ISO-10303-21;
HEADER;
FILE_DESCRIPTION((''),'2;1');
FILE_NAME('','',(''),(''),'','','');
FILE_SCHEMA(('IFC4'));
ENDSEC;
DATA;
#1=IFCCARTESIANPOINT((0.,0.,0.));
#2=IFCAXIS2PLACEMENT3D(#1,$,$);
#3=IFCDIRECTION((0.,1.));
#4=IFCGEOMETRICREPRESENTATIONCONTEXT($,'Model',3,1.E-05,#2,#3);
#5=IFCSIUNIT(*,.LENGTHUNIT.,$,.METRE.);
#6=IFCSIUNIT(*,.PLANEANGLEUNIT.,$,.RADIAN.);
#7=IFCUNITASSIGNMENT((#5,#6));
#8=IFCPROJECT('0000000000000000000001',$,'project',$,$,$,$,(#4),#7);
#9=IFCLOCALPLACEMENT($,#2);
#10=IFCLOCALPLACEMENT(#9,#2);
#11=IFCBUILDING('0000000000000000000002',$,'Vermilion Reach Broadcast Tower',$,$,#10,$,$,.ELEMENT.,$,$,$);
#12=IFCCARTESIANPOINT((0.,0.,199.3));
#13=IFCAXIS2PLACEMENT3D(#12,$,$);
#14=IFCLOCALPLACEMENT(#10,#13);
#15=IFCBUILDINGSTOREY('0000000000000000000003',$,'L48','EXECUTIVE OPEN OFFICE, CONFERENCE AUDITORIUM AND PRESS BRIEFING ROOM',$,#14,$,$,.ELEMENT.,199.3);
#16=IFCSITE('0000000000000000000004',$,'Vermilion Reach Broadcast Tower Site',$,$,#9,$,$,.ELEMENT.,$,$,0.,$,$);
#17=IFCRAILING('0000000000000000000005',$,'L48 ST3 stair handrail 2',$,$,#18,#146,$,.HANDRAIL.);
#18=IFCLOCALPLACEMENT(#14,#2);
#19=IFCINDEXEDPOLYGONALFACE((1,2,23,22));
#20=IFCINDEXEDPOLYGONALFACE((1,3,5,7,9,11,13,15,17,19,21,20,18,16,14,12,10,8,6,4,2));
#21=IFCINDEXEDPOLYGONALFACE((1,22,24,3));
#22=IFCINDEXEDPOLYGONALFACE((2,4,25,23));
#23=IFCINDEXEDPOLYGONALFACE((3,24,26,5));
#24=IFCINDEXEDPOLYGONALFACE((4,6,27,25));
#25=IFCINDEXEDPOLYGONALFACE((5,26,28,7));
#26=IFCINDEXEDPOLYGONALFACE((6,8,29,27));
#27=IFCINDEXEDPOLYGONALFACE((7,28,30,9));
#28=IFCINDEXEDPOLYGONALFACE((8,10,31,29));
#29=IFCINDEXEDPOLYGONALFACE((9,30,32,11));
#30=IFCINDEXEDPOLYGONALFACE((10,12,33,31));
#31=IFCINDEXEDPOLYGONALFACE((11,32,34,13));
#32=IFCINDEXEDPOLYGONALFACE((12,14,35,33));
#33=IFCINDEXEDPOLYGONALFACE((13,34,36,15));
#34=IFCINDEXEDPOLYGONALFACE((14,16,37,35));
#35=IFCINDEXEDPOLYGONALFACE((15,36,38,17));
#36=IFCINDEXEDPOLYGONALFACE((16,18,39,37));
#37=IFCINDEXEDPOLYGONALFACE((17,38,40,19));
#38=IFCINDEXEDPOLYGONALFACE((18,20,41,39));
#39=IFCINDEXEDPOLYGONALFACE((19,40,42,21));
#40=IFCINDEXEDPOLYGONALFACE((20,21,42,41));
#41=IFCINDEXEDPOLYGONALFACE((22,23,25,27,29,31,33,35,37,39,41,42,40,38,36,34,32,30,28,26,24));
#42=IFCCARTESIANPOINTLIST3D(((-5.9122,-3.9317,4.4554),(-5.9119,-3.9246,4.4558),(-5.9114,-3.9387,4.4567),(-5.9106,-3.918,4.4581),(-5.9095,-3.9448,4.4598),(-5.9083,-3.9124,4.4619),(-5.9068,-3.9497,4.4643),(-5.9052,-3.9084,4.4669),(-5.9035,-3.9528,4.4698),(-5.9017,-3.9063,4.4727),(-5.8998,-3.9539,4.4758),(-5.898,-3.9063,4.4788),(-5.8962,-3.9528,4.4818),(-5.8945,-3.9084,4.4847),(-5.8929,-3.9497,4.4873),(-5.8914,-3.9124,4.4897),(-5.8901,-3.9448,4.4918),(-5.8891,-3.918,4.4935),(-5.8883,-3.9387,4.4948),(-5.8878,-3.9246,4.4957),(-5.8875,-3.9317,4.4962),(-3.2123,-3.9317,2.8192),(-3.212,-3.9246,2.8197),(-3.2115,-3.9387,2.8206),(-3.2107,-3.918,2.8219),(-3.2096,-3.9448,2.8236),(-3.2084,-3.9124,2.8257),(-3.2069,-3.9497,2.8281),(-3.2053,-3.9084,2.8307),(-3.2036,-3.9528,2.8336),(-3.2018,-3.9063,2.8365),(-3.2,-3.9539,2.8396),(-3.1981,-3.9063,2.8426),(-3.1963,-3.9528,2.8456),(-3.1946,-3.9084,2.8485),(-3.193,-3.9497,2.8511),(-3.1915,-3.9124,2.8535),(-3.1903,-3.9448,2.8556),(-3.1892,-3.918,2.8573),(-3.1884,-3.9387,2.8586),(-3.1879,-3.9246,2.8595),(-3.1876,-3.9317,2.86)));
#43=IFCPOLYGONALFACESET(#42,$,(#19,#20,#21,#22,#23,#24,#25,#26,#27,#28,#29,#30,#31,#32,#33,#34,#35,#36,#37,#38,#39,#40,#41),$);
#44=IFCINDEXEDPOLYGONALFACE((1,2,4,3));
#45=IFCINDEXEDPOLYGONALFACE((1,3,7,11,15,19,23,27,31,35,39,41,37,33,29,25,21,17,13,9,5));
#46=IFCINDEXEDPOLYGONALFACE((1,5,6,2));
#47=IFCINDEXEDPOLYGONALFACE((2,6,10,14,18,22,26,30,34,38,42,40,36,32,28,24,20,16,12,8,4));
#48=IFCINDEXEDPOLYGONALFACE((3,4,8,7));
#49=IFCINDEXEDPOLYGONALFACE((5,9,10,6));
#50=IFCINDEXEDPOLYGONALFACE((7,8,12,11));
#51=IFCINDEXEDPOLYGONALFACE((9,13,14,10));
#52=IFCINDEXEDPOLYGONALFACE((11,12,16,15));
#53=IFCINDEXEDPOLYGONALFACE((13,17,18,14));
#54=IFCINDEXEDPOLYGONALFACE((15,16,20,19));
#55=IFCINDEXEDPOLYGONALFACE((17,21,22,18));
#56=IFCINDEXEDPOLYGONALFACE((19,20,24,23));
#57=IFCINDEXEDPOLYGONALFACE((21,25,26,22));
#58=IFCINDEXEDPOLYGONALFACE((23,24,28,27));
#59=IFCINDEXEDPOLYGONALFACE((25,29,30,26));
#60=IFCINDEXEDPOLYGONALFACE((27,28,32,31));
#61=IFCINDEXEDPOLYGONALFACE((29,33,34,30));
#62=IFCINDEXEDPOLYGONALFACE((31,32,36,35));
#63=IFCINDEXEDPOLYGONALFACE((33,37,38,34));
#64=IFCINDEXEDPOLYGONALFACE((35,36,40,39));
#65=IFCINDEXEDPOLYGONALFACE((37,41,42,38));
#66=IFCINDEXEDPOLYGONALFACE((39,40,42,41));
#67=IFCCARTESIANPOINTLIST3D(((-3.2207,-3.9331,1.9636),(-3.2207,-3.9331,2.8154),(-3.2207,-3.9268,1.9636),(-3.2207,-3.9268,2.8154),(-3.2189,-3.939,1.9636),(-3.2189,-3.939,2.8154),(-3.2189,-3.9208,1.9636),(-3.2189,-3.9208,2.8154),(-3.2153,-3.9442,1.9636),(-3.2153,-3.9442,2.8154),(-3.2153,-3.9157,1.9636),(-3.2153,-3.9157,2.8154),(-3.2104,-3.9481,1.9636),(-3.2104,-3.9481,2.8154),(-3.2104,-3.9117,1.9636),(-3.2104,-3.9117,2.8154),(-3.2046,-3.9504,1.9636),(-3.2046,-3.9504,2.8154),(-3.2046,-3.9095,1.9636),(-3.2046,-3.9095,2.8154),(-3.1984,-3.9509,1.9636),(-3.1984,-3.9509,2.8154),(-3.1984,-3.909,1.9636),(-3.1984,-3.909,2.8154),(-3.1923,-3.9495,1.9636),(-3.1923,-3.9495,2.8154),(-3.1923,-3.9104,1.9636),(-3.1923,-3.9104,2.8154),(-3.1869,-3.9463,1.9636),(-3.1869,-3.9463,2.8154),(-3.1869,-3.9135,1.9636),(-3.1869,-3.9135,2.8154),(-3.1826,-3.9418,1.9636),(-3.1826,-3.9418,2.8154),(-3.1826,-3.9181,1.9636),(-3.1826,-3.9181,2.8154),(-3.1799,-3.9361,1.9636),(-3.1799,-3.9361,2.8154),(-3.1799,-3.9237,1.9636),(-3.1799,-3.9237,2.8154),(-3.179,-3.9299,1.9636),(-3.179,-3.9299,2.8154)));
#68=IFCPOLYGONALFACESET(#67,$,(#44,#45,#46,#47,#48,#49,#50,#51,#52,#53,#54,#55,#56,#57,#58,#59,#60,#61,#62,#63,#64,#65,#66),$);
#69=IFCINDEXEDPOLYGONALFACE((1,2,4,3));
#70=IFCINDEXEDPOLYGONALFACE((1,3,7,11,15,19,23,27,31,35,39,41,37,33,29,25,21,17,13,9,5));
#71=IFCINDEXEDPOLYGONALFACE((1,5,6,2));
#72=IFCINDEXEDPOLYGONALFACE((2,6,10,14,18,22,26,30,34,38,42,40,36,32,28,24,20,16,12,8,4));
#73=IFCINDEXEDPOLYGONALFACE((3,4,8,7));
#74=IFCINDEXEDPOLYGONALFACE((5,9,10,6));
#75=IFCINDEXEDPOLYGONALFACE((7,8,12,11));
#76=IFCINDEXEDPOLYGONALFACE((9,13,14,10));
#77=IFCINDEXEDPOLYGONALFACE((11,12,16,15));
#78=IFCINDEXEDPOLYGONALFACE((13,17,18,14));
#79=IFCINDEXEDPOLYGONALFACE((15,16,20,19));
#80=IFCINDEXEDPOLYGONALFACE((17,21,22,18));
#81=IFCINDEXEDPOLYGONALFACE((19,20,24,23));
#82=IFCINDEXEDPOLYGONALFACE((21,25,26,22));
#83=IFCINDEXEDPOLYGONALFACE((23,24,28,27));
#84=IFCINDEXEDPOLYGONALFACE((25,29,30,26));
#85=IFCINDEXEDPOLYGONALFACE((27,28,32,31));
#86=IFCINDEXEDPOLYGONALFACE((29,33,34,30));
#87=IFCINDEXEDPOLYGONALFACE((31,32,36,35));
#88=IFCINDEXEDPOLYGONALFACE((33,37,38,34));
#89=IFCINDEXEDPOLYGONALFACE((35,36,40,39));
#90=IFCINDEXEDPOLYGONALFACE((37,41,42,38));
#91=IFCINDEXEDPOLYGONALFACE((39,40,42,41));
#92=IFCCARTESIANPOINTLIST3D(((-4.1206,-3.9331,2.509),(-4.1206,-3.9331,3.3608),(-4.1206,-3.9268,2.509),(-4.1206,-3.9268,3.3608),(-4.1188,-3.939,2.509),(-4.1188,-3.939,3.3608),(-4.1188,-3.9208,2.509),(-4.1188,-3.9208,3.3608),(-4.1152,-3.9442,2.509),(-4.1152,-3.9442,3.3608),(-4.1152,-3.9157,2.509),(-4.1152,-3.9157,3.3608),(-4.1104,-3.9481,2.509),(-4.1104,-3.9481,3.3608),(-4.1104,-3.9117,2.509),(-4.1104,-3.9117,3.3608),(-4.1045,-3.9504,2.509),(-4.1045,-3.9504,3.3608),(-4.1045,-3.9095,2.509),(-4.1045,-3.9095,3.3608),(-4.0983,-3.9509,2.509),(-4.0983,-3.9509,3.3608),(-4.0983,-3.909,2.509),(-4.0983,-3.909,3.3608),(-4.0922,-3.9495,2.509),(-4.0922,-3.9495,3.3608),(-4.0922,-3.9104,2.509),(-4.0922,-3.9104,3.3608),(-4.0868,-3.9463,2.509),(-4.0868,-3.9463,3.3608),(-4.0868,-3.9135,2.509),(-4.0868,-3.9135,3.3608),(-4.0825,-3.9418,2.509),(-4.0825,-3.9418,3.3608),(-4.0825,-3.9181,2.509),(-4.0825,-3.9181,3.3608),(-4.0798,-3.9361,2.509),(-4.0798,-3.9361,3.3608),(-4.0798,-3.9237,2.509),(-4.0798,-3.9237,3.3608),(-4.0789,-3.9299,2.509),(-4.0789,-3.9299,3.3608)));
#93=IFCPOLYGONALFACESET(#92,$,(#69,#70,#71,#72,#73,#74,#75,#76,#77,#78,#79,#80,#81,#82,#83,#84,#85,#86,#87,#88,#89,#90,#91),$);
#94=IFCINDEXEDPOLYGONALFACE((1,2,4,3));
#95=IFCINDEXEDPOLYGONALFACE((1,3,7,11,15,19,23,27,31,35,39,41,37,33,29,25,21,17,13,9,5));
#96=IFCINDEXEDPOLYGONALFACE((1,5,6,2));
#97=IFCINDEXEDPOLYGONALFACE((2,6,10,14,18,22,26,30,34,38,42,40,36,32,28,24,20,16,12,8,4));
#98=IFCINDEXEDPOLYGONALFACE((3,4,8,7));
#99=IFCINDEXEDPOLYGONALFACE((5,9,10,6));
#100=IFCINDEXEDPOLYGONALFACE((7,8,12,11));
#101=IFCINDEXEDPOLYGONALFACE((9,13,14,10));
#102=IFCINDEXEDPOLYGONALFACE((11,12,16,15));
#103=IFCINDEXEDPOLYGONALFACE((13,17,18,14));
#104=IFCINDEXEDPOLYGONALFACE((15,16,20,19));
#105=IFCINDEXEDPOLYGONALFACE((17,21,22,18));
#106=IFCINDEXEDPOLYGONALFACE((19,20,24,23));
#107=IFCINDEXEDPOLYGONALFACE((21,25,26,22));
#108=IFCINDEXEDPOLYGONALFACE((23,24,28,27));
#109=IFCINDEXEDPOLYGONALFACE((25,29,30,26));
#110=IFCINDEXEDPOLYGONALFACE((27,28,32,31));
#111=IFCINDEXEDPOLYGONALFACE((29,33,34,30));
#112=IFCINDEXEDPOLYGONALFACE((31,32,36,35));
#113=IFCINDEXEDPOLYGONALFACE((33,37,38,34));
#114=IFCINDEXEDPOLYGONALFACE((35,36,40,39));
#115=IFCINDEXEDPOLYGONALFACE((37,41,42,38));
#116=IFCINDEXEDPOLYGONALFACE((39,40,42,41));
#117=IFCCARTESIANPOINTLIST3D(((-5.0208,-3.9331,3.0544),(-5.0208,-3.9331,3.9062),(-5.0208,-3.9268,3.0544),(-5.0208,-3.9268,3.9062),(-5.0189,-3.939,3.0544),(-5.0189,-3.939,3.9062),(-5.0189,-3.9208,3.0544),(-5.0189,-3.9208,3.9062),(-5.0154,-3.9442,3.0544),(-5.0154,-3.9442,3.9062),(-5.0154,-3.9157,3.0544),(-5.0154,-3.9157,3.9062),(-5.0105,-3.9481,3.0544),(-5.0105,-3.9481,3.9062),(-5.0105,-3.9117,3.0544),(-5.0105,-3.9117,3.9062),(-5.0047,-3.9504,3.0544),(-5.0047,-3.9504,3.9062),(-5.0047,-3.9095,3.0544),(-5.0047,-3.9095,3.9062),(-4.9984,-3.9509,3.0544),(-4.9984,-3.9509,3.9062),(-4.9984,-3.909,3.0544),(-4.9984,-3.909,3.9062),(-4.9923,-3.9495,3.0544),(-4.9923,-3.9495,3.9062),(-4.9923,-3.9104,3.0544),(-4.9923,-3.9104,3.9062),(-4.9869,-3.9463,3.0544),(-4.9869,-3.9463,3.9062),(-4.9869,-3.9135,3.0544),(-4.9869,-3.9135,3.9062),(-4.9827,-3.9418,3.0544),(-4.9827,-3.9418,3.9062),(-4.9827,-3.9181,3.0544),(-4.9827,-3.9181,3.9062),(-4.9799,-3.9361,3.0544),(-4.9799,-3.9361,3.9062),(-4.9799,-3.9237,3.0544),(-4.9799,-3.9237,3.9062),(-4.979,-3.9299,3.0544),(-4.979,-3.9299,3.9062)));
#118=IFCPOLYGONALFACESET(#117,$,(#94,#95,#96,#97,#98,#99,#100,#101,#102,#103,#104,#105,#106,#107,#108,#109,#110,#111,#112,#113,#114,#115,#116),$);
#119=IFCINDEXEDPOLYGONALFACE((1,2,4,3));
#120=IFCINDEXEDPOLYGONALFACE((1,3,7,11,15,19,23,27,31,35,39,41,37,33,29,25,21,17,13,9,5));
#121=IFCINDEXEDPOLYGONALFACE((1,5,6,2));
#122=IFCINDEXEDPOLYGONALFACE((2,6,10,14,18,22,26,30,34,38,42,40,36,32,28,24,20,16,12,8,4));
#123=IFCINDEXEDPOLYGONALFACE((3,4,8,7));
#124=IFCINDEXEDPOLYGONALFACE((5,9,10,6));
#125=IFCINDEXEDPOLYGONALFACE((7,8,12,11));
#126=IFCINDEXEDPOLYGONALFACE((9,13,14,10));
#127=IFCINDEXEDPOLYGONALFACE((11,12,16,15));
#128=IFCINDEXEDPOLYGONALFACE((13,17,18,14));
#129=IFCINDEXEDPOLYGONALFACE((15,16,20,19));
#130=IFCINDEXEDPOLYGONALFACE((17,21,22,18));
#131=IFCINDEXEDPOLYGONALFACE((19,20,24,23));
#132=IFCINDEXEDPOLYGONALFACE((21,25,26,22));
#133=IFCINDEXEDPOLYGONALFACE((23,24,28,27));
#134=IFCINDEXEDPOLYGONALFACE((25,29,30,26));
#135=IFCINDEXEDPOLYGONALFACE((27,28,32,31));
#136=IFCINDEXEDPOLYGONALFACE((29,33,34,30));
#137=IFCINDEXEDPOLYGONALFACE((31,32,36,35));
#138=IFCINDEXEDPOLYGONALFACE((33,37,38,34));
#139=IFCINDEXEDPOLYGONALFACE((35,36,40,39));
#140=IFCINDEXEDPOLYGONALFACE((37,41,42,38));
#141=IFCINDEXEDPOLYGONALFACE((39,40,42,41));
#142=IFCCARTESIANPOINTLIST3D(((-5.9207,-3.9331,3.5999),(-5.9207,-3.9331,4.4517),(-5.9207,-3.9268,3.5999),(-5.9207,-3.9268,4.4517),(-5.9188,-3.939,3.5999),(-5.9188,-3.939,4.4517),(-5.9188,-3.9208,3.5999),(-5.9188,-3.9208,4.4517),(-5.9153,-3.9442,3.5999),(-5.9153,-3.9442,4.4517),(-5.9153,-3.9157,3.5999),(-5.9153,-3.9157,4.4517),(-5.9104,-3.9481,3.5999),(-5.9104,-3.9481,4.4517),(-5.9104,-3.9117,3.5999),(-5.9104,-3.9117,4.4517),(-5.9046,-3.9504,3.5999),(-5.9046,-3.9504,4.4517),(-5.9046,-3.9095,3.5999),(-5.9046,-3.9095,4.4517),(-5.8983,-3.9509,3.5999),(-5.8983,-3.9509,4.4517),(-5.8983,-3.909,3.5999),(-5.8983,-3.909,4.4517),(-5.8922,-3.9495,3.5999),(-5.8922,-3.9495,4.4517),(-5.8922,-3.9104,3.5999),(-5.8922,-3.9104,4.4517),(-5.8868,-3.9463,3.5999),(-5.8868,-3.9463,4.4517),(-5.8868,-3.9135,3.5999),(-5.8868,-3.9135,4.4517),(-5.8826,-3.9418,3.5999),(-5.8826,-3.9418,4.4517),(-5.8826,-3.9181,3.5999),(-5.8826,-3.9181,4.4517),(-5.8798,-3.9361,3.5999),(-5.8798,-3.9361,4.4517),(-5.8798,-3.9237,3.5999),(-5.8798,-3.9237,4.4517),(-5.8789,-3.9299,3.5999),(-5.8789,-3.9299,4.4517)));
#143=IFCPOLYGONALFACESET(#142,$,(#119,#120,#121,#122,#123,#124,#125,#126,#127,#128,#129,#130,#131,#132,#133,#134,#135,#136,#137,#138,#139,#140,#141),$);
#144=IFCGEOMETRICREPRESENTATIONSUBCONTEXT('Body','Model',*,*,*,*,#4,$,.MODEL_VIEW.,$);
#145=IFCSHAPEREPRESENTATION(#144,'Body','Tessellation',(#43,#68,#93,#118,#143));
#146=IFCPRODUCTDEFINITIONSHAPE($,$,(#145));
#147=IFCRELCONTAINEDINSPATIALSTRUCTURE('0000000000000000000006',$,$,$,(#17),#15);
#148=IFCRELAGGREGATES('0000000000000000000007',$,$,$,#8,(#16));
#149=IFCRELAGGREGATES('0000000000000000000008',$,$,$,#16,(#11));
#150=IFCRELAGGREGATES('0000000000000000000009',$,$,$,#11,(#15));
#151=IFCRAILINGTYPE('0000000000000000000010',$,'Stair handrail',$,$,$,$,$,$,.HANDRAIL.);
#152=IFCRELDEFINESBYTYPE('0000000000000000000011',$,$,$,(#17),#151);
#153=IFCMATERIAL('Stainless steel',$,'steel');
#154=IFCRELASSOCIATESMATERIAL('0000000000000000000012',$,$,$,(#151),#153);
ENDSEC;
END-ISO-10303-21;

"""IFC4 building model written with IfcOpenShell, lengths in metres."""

from ifc_helpers import new_model, si_unit, direction, frame, origin, origin_2d, place, context, subcontext, project, spatial, circle, extrude, material, type_object, element, save


model = new_model("IFC4")

# Units and contexts
model_context = context("Model", 3, precision=1e-05, world=origin(), true_north=direction((0.0, 1.0)))
body_context = subcontext(model_context, "Body", "Model", "MODEL_VIEW")
ifc_project = project(units=[si_unit("LENGTHUNIT", "METRE"), si_unit("PLANEANGLEUNIT", "RADIAN")], contexts=[model_context])

# Site, building, storey
site_placement = place(None, origin())
site = spatial("IfcSite", under=ifc_project, at=site_placement, Name="Vermilion Reach Broadcast Tower Site", CompositionType="ELEMENT", RefElevation=0.0)
building_placement = place(site_placement, origin())
building = spatial("IfcBuilding", under=site, at=building_placement, Name="Vermilion Reach Broadcast Tower", CompositionType="ELEMENT")
storey_placement = place(building_placement, frame((0.0, 0.0, 199.3)))
storey = spatial("IfcBuildingStorey", under=building, at=storey_placement, Name="L48", Description="EXECUTIVE OPEN OFFICE, CONFERENCE AUDITORIUM AND PRESS BRIEFING ROOM", CompositionType="ELEMENT", Elevation=199.3)

# Railing
ifc_material_1 = material(Name="Stainless steel", Category="steel")
railing_type_1 = type_object("IfcRailingType", Name="Stair handrail", PredefinedType="HANDRAIL", material=ifc_material_1)
railing_1_placement = place(storey_placement, frame((-3.2, -3.9299, 1.9636)))
element("IfcRailing", 1, at=railing_1_placement, inside=storey, type_object=railing_type_1, Name="L48 ST3 stair handrail 2", PredefinedType="HANDRAIL", context=body_context, shape_type="SweptSolid", body=[
    extrude(circle(Radius=0.0239, at=origin_2d()), frame((0.0, 0.0, 0.876), z_axis=(-0.855212, 0.0, 0.518278), x_axis=(0.0, -1.0, 0.0)), (0.0, 0.0, 1.0), 3.157),
    extrude(circle(Radius=0.021, at=origin_2d()), origin(), (0.0, 0.0, 1.0), 0.8518),
    extrude(circle(Radius=0.021, at=origin_2d()), frame((-0.8999, 0.0, 0.5454)), (0.0, 0.0, 1.0), 0.8518),
    extrude(circle(Radius=0.021, at=origin_2d()), frame((-1.8, 0.0, 1.0908)), (0.0, 0.0, 1.0), 0.8518),
    extrude(circle(Radius=0.021, at=origin_2d()), frame((-2.7, 0.0, 1.6362)), (0.0, 0.0, 1.0), 0.8518),
])

save(model, "model.ifc")
